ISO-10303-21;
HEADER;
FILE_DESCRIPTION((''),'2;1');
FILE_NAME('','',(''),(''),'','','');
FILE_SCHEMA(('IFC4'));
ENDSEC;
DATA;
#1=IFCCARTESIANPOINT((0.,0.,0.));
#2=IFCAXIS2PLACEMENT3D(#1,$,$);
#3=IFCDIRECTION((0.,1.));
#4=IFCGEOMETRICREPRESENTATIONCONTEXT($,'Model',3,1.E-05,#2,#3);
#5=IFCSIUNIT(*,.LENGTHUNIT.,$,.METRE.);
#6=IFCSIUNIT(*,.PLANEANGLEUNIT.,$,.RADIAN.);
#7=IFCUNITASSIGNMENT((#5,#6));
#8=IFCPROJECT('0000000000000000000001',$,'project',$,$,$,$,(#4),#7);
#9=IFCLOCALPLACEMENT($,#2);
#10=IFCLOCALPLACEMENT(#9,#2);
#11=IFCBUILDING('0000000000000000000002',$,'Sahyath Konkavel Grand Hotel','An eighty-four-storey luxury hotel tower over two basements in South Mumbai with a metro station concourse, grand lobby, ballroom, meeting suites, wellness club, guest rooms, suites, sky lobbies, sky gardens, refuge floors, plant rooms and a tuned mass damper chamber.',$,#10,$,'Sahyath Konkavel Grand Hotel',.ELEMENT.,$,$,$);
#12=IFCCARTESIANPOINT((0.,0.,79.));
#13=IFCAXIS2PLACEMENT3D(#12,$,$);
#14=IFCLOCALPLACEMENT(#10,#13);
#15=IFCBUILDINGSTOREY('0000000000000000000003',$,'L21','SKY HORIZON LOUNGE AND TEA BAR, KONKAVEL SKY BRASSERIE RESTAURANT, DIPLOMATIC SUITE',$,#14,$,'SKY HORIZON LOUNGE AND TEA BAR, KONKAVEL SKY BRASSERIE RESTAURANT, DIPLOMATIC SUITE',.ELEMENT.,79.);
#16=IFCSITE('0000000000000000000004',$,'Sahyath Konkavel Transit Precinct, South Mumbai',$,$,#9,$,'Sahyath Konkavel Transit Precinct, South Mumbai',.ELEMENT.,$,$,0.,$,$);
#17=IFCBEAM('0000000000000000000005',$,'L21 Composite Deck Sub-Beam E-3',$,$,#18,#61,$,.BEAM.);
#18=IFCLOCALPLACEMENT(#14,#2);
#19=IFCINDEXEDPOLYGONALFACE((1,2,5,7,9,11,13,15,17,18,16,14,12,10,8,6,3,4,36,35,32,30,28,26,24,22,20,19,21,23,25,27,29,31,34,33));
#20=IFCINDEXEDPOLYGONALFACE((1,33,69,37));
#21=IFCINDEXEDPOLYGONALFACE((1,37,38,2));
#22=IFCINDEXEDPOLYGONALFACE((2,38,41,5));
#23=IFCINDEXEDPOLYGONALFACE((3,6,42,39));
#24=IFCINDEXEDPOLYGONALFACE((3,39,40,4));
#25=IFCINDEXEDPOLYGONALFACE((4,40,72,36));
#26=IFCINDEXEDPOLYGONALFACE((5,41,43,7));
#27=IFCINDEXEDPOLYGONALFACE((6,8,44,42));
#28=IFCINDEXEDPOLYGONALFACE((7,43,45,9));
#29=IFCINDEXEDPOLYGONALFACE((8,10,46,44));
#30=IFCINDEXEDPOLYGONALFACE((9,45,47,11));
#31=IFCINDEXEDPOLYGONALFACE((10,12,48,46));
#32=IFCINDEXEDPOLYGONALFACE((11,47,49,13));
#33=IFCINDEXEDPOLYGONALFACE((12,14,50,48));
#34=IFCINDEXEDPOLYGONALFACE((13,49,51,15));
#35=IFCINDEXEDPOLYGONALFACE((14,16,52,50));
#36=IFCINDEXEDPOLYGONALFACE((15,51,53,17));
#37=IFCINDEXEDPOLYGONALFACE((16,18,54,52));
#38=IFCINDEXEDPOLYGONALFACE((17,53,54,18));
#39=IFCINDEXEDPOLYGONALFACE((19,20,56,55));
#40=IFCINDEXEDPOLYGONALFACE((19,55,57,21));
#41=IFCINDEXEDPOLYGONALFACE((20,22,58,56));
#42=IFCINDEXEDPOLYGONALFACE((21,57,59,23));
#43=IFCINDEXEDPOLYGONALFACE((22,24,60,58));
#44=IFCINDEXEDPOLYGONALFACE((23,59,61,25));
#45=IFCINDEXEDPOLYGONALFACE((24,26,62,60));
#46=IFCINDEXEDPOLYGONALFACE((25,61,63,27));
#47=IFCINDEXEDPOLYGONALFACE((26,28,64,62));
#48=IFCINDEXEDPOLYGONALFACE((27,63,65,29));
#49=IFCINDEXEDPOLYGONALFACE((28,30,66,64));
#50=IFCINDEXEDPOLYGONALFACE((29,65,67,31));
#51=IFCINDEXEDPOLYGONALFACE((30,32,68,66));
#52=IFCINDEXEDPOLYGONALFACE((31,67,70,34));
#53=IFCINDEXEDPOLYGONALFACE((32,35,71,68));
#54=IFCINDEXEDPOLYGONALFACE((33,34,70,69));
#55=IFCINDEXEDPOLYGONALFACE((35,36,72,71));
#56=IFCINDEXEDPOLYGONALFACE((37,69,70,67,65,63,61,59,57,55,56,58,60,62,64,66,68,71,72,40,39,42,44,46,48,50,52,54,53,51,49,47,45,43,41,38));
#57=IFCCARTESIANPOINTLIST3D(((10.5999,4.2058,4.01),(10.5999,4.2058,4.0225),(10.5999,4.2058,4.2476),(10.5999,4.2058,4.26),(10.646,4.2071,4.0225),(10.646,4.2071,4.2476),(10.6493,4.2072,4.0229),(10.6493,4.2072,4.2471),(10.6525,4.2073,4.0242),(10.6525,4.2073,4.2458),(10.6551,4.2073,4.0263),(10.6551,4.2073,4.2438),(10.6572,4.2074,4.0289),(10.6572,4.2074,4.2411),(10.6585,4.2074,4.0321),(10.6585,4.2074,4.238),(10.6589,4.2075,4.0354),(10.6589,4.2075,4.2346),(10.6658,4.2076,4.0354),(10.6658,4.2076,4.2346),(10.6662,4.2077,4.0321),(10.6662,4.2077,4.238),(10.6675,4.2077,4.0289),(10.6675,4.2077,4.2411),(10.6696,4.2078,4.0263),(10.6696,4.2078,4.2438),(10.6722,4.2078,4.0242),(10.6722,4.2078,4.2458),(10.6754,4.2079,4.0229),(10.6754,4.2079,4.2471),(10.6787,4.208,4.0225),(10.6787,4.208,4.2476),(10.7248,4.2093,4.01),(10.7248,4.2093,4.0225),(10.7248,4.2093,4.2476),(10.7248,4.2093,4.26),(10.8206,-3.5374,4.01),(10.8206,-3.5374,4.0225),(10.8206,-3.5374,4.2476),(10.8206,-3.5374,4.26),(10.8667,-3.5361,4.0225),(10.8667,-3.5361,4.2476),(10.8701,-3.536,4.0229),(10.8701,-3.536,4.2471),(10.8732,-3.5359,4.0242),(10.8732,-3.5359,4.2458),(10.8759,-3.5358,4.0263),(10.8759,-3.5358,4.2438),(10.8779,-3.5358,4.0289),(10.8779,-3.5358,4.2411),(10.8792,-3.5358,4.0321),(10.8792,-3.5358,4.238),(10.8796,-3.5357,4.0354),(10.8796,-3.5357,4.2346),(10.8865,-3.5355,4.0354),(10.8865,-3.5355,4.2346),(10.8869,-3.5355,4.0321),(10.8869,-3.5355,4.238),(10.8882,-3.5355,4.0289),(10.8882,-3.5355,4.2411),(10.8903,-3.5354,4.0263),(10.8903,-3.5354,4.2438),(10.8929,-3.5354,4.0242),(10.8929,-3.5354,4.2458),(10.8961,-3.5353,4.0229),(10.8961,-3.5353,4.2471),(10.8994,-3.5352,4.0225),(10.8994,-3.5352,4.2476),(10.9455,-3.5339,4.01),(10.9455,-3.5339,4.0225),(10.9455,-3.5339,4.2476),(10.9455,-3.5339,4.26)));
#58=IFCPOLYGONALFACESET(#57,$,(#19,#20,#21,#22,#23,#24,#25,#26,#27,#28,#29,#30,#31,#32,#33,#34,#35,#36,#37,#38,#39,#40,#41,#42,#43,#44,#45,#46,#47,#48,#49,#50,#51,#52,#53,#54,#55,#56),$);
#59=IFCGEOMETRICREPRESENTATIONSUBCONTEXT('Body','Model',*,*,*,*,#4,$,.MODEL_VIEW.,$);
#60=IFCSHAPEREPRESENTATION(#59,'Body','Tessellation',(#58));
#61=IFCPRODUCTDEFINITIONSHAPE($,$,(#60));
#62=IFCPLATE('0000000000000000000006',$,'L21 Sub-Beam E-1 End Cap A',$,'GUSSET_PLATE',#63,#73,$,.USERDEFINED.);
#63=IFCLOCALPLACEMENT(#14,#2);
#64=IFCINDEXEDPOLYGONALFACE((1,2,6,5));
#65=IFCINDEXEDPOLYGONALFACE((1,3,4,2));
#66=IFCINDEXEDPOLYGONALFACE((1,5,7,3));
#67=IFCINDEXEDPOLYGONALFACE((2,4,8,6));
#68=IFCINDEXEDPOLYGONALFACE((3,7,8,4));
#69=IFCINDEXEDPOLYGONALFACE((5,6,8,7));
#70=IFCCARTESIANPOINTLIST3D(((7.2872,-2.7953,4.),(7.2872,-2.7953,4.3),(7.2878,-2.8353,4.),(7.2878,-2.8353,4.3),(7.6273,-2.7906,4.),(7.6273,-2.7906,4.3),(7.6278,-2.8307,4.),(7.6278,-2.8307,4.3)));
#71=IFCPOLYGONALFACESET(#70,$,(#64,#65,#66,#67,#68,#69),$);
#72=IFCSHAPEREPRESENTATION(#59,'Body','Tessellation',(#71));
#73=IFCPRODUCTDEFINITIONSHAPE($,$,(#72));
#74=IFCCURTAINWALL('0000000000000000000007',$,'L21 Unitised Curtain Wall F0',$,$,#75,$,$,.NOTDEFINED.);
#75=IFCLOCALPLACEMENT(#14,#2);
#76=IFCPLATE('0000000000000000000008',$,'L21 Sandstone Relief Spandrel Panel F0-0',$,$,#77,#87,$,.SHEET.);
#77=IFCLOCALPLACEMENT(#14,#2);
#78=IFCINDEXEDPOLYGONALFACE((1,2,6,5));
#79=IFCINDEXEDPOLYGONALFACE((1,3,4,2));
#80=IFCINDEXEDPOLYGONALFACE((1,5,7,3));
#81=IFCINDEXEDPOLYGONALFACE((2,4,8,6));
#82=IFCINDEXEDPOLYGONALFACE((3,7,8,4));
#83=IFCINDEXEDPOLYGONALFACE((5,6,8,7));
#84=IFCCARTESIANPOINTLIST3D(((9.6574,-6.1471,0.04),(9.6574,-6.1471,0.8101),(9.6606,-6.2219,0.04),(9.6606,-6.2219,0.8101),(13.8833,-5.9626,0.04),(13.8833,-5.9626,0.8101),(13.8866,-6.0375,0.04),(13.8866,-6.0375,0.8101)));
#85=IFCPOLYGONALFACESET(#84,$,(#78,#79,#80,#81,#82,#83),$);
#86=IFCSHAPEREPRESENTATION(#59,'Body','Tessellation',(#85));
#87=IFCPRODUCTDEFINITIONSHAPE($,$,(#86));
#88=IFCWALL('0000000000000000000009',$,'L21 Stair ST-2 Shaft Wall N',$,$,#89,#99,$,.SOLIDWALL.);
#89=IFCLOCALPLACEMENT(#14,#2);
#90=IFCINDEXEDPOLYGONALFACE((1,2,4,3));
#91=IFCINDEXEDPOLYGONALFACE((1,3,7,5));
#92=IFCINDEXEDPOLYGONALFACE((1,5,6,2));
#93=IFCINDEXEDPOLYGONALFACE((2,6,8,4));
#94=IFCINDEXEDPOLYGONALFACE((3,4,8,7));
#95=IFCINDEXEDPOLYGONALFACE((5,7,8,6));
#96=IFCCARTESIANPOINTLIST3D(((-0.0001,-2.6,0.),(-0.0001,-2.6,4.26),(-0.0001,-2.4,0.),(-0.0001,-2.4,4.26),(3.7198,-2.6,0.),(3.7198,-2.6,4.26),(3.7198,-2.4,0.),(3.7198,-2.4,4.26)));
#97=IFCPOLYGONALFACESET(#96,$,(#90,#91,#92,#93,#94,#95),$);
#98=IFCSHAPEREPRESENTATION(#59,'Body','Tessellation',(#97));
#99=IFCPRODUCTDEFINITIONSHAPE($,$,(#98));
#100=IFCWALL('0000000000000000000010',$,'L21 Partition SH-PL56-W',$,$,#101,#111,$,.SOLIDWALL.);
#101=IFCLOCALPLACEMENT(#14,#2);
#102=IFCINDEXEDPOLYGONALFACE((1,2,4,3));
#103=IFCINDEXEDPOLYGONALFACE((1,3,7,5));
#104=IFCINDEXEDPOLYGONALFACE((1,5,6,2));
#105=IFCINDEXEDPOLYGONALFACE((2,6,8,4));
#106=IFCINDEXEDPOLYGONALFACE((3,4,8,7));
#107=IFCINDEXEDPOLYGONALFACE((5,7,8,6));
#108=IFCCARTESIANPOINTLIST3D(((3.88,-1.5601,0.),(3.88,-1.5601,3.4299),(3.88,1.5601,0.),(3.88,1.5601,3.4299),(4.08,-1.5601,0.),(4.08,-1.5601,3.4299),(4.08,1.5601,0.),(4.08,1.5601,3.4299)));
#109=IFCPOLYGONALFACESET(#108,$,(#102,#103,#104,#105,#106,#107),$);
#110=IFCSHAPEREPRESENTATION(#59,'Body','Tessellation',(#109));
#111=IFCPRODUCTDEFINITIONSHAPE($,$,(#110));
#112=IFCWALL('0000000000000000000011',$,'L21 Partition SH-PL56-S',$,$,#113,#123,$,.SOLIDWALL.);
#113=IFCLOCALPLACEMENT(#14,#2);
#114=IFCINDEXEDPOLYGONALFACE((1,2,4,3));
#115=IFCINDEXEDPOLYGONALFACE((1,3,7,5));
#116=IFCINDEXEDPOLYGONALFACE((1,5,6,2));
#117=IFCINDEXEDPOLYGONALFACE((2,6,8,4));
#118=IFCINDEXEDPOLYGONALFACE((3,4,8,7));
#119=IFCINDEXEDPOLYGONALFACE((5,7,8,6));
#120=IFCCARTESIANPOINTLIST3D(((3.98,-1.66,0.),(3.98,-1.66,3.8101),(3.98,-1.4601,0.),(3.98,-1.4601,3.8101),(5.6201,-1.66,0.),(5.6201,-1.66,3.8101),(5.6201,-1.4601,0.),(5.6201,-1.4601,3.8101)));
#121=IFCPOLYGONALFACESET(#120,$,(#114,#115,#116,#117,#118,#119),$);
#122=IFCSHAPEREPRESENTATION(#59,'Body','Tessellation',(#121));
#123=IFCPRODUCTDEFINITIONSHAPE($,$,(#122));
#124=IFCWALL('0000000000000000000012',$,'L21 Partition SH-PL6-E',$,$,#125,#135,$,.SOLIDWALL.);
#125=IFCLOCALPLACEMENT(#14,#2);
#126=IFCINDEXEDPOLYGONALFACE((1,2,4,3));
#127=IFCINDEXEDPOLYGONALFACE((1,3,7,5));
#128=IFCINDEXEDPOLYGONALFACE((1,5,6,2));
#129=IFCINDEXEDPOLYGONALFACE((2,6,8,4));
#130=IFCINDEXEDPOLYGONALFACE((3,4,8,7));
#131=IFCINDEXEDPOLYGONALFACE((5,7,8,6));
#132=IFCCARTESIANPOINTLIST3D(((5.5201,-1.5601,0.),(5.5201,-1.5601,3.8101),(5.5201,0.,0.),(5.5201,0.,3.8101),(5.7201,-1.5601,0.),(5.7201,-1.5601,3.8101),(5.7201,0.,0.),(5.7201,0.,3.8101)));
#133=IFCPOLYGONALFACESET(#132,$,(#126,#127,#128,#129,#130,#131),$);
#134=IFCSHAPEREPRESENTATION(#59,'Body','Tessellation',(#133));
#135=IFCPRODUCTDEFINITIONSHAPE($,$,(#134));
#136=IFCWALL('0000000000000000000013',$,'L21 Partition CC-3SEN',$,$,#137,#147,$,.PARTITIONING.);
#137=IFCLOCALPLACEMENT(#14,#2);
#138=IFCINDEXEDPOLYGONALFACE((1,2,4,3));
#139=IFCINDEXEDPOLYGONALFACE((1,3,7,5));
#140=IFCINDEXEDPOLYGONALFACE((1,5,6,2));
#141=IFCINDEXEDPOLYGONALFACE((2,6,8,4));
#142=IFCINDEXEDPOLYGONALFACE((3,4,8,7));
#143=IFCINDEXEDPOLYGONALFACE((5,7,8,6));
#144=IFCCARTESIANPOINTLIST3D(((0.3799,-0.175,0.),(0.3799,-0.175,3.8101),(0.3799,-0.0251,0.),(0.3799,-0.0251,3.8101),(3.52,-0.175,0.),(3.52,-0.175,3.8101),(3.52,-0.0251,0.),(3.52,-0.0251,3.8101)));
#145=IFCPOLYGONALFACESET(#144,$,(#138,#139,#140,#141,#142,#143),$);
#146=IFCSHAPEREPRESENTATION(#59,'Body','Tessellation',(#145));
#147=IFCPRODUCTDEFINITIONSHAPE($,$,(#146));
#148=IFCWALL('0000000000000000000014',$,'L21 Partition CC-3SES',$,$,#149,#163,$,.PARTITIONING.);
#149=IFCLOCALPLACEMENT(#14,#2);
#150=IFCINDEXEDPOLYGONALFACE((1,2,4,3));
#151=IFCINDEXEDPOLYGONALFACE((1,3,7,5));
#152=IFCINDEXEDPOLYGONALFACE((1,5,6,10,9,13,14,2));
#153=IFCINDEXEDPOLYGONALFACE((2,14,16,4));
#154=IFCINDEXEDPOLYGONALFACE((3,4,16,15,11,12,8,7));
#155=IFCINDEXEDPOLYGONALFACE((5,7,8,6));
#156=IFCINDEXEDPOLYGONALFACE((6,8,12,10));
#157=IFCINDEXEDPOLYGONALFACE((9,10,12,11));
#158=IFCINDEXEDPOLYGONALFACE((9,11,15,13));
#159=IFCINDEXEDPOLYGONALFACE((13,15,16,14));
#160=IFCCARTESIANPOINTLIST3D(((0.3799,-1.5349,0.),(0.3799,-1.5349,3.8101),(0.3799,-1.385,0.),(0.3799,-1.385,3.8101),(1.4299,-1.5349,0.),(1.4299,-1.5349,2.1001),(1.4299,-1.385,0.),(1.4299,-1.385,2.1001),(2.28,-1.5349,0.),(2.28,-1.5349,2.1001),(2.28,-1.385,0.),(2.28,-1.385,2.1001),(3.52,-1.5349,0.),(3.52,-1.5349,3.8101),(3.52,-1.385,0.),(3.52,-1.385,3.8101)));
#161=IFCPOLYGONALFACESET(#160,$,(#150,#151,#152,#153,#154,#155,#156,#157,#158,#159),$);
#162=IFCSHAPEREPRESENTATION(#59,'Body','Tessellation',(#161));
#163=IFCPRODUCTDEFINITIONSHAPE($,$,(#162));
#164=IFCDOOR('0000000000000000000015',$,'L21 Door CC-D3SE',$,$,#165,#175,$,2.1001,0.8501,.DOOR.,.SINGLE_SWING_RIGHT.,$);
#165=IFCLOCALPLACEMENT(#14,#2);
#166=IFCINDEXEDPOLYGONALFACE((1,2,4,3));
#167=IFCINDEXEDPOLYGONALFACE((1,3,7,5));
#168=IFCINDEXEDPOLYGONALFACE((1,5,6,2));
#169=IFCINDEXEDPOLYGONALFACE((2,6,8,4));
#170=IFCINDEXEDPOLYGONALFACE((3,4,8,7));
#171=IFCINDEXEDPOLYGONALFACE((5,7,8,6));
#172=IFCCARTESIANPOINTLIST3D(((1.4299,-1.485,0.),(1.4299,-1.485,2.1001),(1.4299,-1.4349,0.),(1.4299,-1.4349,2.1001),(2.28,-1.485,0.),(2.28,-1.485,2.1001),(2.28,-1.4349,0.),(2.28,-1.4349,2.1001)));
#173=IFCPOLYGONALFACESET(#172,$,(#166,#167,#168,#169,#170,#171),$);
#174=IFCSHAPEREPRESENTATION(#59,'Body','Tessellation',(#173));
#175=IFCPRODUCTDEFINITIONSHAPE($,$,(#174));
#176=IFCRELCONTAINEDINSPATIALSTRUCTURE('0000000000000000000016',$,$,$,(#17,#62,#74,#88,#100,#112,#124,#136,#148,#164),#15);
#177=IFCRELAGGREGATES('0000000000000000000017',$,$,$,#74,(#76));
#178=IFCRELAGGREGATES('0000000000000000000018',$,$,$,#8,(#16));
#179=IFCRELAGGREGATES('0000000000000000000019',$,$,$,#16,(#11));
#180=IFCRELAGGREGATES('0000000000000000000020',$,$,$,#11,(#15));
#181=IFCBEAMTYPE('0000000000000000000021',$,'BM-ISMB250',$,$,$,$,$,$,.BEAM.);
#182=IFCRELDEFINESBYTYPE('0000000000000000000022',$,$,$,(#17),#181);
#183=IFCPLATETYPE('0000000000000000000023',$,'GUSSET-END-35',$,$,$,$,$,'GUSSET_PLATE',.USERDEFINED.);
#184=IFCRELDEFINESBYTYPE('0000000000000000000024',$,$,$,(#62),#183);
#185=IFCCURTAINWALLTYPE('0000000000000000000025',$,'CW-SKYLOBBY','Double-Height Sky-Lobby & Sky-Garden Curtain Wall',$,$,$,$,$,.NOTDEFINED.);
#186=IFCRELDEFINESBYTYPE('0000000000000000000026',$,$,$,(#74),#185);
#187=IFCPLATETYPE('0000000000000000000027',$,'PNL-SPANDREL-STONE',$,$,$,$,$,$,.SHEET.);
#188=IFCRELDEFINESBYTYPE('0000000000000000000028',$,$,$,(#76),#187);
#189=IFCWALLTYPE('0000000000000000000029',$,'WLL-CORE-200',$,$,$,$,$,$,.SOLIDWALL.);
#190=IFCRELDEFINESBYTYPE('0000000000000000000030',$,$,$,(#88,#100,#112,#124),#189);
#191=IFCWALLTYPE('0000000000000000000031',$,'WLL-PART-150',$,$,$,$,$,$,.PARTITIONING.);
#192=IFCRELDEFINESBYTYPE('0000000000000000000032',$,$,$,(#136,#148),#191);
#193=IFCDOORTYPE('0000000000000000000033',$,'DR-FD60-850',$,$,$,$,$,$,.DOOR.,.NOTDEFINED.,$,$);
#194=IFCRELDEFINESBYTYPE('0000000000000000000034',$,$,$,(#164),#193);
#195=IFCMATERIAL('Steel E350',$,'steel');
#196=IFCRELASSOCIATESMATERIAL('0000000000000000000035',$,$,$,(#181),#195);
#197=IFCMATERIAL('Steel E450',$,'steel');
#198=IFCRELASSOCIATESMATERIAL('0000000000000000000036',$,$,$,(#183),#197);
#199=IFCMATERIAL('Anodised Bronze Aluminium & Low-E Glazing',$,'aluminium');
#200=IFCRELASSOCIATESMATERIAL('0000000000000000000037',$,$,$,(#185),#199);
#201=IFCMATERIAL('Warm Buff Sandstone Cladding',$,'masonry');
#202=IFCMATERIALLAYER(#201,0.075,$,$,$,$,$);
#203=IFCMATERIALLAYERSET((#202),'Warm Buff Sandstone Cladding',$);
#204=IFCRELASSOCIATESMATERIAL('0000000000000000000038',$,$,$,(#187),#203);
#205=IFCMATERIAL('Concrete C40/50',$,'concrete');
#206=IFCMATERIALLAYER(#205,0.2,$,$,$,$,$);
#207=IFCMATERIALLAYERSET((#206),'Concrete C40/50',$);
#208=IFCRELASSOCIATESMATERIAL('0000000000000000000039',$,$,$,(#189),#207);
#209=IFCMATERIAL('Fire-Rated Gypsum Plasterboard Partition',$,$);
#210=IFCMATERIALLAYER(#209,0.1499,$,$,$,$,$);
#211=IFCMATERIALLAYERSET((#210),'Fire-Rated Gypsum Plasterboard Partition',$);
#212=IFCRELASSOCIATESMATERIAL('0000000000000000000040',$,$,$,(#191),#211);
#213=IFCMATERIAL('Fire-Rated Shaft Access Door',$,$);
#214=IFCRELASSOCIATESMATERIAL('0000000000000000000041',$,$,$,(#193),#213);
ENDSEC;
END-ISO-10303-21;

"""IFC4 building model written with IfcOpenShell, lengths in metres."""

from ifc_helpers import new_model, si_unit, direction, frame, frame_2d, origin, origin_2d, place, context, subcontext, project, spatial, rectangle, i_section, extrude, source, transform, mapped, material, layer, layer_set, material_profile, profile_set, type_object, element, fill, aggregate, save


model = new_model("IFC4")

# Units and contexts
model_context = context("Model", 3, precision=1e-05, world=origin(), true_north=direction((0.0, 1.0)))
body_context = subcontext(model_context, "Body", "Model", "MODEL_VIEW")
ifc_project = project(units=[si_unit("LENGTHUNIT", "METRE"), si_unit("PLANEANGLEUNIT", "RADIAN")], contexts=[model_context])

# Site, building, storey
site_placement = place(None, origin())
site = spatial("IfcSite", under=ifc_project, at=site_placement, Name="Sahyath Konkavel Transit Precinct, South Mumbai", LongName="Sahyath Konkavel Transit Precinct, South Mumbai", CompositionType="ELEMENT", RefElevation=0.0)
building_placement = place(site_placement, origin())
building = spatial("IfcBuilding", under=site, at=building_placement, Name="Sahyath Konkavel Grand Hotel", Description="An eighty-four-storey luxury hotel tower over two basements in South Mumbai with a metro station concourse, grand lobby, ballroom, meeting suites, wellness club, guest rooms, suites, sky lobbies, sky gardens, refuge floors, plant rooms and a tuned mass damper chamber.", LongName="Sahyath Konkavel Grand Hotel", CompositionType="ELEMENT")
storey_placement = place(building_placement, frame((0.0, 0.0, 79.0)))
storey = spatial("IfcBuildingStorey", under=building, at=storey_placement, Name="L21", Description="SKY HORIZON LOUNGE AND TEA BAR, KONKAVEL SKY BRASSERIE RESTAURANT, DIPLOMATIC SUITE", LongName="SKY HORIZON LOUNGE AND TEA BAR, KONKAVEL SKY BRASSERIE RESTAURANT, DIPLOMATIC SUITE", CompositionType="ELEMENT", Elevation=79.0)

# Beam
ifc_material_1 = material(Name="Steel E350", Category="steel")
ifc_material_profile_1 = material_profile(ifc_material_1, i_section(OverallWidth=0.125, OverallDepth=0.25, WebThickness=0.0068, FlangeThickness=0.0125, FilletRadius=0.0129, at=origin_2d()), Name="ISMB 250")
ifc_profile_set_1 = profile_set([ifc_material_profile_1], Name="Steel E350")
beam_type_1 = type_object("IfcBeamType", Name="BM-ISMB250", PredefinedType="BEAM", material=ifc_profile_set_1)
shared_shape_1 = source(origin(), body_context, "Body", "SweptSolid", [
    extrude(i_section(OverallWidth=0.125, OverallDepth=0.25, WebThickness=0.0068, FlangeThickness=0.0125, FilletRadius=0.0129, at=origin_2d()), origin(), (0.0, 0.0, 1.0), 7.7463),
])
beam_1_placement = place(storey_placement, frame((10.8831, -3.5356, 4.135), z_axis=(-0.028491, 0.999594, 0.0), x_axis=(-0.999594, -0.028491, 0.0)))
element("IfcBeam", 1, at=beam_1_placement, inside=storey, type_object=beam_type_1, Name="L21 Composite Deck Sub-Beam E-3", PredefinedType="BEAM", context=body_context, shape_type="MappedRepresentation", body=[
    mapped(shared_shape_1, transform((0.0, 0.0, 0.0), scale=1.0)),
])

# Plate
ifc_material_2 = material(Name="Steel E450", Category="steel")
plate_type_1 = type_object("IfcPlateType", Name="GUSSET-END-35", ElementType="GUSSET_PLATE", PredefinedType="USERDEFINED", material=ifc_material_2)
shared_shape_2 = source(origin(), body_context, "Body", "SweptSolid", [
    extrude(rectangle(XDim=0.04, YDim=0.3401, at=origin_2d()), origin(), (0.0, 0.0, 1.0), 0.3),
])
plate_1_placement = place(storey_placement, frame((7.4575, -2.813, 4.0), z_axis=(0.0, 0.0, 1.0), x_axis=(-0.013683, 0.999906, 0.0)))
element("IfcPlate", 2, at=plate_1_placement, inside=storey, type_object=plate_type_1, Name="L21 Sub-Beam E-1 End Cap A", ObjectType="GUSSET_PLATE", PredefinedType="USERDEFINED", context=body_context, shape_type="MappedRepresentation", body=[
    mapped(shared_shape_2, transform((0.0, 0.0, 0.0), scale=1.0)),
])

# Curtain wall, plate
ifc_material_3 = material(Name="Anodised Bronze Aluminium & Low-E Glazing", Category="aluminium")
curtain_wall_type = type_object("IfcCurtainWallType", Name="CW-SKYLOBBY", Description="Double-Height Sky-Lobby & Sky-Garden Curtain Wall", PredefinedType="NOTDEFINED", material=ifc_material_3)
curtain_wall_placement = place(storey_placement, origin())
curtain_wall = element("IfcCurtainWall", 3, at=curtain_wall_placement, inside=storey, type_object=curtain_wall_type, Name="L21 Unitised Curtain Wall F0", PredefinedType="NOTDEFINED")
ifc_material_4 = material(Name="Warm Buff Sandstone Cladding", Category="masonry")
ifc_layer_1 = layer(ifc_material_4, 0.075)
ifc_layer_set_1 = layer_set([ifc_layer_1], Name="Warm Buff Sandstone Cladding")
plate_type_2 = type_object("IfcPlateType", Name="PNL-SPANDREL-STONE", PredefinedType="SHEET", material=ifc_layer_set_1)
shared_shape_3 = source(origin(), body_context, "Body", "SweptSolid", [
    extrude(rectangle(XDim=4.23, YDim=0.075, at=origin_2d()), origin(), (0.0, 0.0, 1.0), 0.77),
])
plate_2_placement = place(storey_placement, frame((11.772, -6.0923, 0.04), z_axis=(0.0, 0.0, 1.0), x_axis=(0.999049, 0.043602, 0.0)))
plate_2 = element("IfcPlate", 4, at=plate_2_placement, type_object=plate_type_2, Name="L21 Sandstone Relief Spandrel Panel F0-0", PredefinedType="SHEET", context=body_context, shape_type="MappedRepresentation", body=[
    mapped(shared_shape_3, transform((0.0, 0.0, 0.0), scale=1.0)),
])
aggregate(curtain_wall, [plate_2])

# Walls
ifc_material_5 = material(Name="Concrete C40/50", Category="concrete")
ifc_layer_2 = layer(ifc_material_5, 0.2)
ifc_layer_set_2 = layer_set([ifc_layer_2], Name="Concrete C40/50")
wall_type_1 = type_object("IfcWallType", Name="WLL-CORE-200", PredefinedType="SOLIDWALL", material=ifc_layer_set_2)
wall_1_placement = place(storey_placement, frame((0.0, -2.5, 0.0), z_axis=(0.0, 0.0, 1.0), x_axis=(1.0, 0.0, 0.0)))
element("IfcWall", 5, at=wall_1_placement, inside=storey, type_object=wall_type_1, Name="L21 Stair ST-2 Shaft Wall N", PredefinedType="SOLIDWALL", context=body_context, shape_type="SweptSolid", body=[
    extrude(rectangle(XDim=3.72, YDim=0.2, at=frame_2d((1.8599, 0.0))), origin(), (0.0, 0.0, 1.0), 4.26),
])
wall_2_placement = place(storey_placement, frame((3.98, -1.5601, 0.0), z_axis=(0.0, 0.0, 1.0), x_axis=(0.0, 1.0, 0.0)))
element("IfcWall", 6, at=wall_2_placement, inside=storey, type_object=wall_type_1, Name="L21 Partition SH-PL56-W", PredefinedType="SOLIDWALL", context=body_context, shape_type="SweptSolid", body=[
    extrude(rectangle(XDim=3.1201, YDim=0.2, at=frame_2d((1.5601, 0.0))), origin(), (0.0, 0.0, 1.0), 3.4299),
])
wall_3_placement = place(storey_placement, frame((3.98, -1.5601, 0.0), z_axis=(0.0, 0.0, 1.0), x_axis=(1.0, 0.0, 0.0)))
element("IfcWall", 7, at=wall_3_placement, inside=storey, type_object=wall_type_1, Name="L21 Partition SH-PL56-S", PredefinedType="SOLIDWALL", context=body_context, shape_type="SweptSolid", body=[
    extrude(rectangle(XDim=1.6401, YDim=0.2, at=frame_2d((0.8201, 0.0))), origin(), (0.0, 0.0, 1.0), 3.8101),
])
wall_4_placement = place(storey_placement, frame((5.6201, -1.5601, 0.0), z_axis=(0.0, 0.0, 1.0), x_axis=(0.0, 1.0, 0.0)))
element("IfcWall", 8, at=wall_4_placement, inside=storey, type_object=wall_type_1, Name="L21 Partition SH-PL6-E", PredefinedType="SOLIDWALL", context=body_context, shape_type="SweptSolid", body=[
    extrude(rectangle(XDim=1.5601, YDim=0.2, at=frame_2d((0.78, 0.0))), origin(), (0.0, 0.0, 1.0), 3.8101),
])
ifc_material_6 = material(Name="Fire-Rated Gypsum Plasterboard Partition")
ifc_layer_3 = layer(ifc_material_6, 0.1499)
ifc_layer_set_3 = layer_set([ifc_layer_3], Name="Fire-Rated Gypsum Plasterboard Partition")
wall_type_2 = type_object("IfcWallType", Name="WLL-PART-150", PredefinedType="PARTITIONING", material=ifc_layer_set_3)
wall_5_placement = place(storey_placement, frame((0.3799, -0.1001, 0.0), z_axis=(0.0, 0.0, 1.0), x_axis=(1.0, 0.0, 0.0)))
element("IfcWall", 9, at=wall_5_placement, inside=storey, type_object=wall_type_2, Name="L21 Partition CC-3SEN", PredefinedType="PARTITIONING", context=body_context, shape_type="SweptSolid", body=[
    extrude(rectangle(XDim=3.1401, YDim=0.1499, at=frame_2d((1.5701, 0.0))), origin(), (0.0, 0.0, 1.0), 3.8101),
])

# Wall, opening, door
wall_6_placement = place(storey_placement, frame((0.3799, -1.46, 0.0), z_axis=(0.0, 0.0, 1.0), x_axis=(1.0, 0.0, 0.0)))
wall_6 = element("IfcWall", 10, at=wall_6_placement, inside=storey, type_object=wall_type_2, Name="L21 Partition CC-3SES", PredefinedType="PARTITIONING", context=body_context, shape_type="SweptSolid", body=[
    extrude(rectangle(XDim=3.1401, YDim=0.1499, at=frame_2d((1.5701, 0.0))), origin(), (0.0, 0.0, 1.0), 3.8101),
])
opening_placement = place(wall_6_placement, frame((1.05, 0.0, 0.0)))
opening = element("IfcOpeningElement", 11, at=opening_placement, cuts=wall_6, PredefinedType="OPENING", context=body_context, shape_type="SweptSolid", body=[
    extrude(rectangle(XDim=0.8501, YDim=2.1001, at=frame_2d((0.425, 1.05))), frame((0.0, 0.085, 0.0), z_axis=(0.0, -1.0, 0.0), x_axis=(1.0, 0.0, 0.0)), (0.0, 0.0, 1.0), 0.1699),
])
ifc_material_7 = material(Name="Fire-Rated Shaft Access Door")
door_type = type_object("IfcDoorType", Name="DR-FD60-850", OperationType="NOTDEFINED", PredefinedType="DOOR", material=ifc_material_7)
shared_shape_4 = source(origin(), body_context, "Body", "SweptSolid", [
    extrude(rectangle(XDim=0.8501, YDim=0.05, at=origin_2d()), origin(), (0.0, 0.0, 1.0), 2.1001),
])
door_placement = place(opening_placement, frame((0.425, 0.0, 0.0)))
door = element("IfcDoor", 12, at=door_placement, inside=storey, type_object=door_type, Name="L21 Door CC-D3SE", OperationType="SINGLE_SWING_RIGHT", OverallHeight=2.1001, OverallWidth=0.8501, PredefinedType="DOOR", context=body_context, shape_type="MappedRepresentation", body=[
    mapped(shared_shape_4, transform((0.0, 0.0, 0.0), scale=1.0)),
])
fill(opening, door)

save(model, "model.ifc")
